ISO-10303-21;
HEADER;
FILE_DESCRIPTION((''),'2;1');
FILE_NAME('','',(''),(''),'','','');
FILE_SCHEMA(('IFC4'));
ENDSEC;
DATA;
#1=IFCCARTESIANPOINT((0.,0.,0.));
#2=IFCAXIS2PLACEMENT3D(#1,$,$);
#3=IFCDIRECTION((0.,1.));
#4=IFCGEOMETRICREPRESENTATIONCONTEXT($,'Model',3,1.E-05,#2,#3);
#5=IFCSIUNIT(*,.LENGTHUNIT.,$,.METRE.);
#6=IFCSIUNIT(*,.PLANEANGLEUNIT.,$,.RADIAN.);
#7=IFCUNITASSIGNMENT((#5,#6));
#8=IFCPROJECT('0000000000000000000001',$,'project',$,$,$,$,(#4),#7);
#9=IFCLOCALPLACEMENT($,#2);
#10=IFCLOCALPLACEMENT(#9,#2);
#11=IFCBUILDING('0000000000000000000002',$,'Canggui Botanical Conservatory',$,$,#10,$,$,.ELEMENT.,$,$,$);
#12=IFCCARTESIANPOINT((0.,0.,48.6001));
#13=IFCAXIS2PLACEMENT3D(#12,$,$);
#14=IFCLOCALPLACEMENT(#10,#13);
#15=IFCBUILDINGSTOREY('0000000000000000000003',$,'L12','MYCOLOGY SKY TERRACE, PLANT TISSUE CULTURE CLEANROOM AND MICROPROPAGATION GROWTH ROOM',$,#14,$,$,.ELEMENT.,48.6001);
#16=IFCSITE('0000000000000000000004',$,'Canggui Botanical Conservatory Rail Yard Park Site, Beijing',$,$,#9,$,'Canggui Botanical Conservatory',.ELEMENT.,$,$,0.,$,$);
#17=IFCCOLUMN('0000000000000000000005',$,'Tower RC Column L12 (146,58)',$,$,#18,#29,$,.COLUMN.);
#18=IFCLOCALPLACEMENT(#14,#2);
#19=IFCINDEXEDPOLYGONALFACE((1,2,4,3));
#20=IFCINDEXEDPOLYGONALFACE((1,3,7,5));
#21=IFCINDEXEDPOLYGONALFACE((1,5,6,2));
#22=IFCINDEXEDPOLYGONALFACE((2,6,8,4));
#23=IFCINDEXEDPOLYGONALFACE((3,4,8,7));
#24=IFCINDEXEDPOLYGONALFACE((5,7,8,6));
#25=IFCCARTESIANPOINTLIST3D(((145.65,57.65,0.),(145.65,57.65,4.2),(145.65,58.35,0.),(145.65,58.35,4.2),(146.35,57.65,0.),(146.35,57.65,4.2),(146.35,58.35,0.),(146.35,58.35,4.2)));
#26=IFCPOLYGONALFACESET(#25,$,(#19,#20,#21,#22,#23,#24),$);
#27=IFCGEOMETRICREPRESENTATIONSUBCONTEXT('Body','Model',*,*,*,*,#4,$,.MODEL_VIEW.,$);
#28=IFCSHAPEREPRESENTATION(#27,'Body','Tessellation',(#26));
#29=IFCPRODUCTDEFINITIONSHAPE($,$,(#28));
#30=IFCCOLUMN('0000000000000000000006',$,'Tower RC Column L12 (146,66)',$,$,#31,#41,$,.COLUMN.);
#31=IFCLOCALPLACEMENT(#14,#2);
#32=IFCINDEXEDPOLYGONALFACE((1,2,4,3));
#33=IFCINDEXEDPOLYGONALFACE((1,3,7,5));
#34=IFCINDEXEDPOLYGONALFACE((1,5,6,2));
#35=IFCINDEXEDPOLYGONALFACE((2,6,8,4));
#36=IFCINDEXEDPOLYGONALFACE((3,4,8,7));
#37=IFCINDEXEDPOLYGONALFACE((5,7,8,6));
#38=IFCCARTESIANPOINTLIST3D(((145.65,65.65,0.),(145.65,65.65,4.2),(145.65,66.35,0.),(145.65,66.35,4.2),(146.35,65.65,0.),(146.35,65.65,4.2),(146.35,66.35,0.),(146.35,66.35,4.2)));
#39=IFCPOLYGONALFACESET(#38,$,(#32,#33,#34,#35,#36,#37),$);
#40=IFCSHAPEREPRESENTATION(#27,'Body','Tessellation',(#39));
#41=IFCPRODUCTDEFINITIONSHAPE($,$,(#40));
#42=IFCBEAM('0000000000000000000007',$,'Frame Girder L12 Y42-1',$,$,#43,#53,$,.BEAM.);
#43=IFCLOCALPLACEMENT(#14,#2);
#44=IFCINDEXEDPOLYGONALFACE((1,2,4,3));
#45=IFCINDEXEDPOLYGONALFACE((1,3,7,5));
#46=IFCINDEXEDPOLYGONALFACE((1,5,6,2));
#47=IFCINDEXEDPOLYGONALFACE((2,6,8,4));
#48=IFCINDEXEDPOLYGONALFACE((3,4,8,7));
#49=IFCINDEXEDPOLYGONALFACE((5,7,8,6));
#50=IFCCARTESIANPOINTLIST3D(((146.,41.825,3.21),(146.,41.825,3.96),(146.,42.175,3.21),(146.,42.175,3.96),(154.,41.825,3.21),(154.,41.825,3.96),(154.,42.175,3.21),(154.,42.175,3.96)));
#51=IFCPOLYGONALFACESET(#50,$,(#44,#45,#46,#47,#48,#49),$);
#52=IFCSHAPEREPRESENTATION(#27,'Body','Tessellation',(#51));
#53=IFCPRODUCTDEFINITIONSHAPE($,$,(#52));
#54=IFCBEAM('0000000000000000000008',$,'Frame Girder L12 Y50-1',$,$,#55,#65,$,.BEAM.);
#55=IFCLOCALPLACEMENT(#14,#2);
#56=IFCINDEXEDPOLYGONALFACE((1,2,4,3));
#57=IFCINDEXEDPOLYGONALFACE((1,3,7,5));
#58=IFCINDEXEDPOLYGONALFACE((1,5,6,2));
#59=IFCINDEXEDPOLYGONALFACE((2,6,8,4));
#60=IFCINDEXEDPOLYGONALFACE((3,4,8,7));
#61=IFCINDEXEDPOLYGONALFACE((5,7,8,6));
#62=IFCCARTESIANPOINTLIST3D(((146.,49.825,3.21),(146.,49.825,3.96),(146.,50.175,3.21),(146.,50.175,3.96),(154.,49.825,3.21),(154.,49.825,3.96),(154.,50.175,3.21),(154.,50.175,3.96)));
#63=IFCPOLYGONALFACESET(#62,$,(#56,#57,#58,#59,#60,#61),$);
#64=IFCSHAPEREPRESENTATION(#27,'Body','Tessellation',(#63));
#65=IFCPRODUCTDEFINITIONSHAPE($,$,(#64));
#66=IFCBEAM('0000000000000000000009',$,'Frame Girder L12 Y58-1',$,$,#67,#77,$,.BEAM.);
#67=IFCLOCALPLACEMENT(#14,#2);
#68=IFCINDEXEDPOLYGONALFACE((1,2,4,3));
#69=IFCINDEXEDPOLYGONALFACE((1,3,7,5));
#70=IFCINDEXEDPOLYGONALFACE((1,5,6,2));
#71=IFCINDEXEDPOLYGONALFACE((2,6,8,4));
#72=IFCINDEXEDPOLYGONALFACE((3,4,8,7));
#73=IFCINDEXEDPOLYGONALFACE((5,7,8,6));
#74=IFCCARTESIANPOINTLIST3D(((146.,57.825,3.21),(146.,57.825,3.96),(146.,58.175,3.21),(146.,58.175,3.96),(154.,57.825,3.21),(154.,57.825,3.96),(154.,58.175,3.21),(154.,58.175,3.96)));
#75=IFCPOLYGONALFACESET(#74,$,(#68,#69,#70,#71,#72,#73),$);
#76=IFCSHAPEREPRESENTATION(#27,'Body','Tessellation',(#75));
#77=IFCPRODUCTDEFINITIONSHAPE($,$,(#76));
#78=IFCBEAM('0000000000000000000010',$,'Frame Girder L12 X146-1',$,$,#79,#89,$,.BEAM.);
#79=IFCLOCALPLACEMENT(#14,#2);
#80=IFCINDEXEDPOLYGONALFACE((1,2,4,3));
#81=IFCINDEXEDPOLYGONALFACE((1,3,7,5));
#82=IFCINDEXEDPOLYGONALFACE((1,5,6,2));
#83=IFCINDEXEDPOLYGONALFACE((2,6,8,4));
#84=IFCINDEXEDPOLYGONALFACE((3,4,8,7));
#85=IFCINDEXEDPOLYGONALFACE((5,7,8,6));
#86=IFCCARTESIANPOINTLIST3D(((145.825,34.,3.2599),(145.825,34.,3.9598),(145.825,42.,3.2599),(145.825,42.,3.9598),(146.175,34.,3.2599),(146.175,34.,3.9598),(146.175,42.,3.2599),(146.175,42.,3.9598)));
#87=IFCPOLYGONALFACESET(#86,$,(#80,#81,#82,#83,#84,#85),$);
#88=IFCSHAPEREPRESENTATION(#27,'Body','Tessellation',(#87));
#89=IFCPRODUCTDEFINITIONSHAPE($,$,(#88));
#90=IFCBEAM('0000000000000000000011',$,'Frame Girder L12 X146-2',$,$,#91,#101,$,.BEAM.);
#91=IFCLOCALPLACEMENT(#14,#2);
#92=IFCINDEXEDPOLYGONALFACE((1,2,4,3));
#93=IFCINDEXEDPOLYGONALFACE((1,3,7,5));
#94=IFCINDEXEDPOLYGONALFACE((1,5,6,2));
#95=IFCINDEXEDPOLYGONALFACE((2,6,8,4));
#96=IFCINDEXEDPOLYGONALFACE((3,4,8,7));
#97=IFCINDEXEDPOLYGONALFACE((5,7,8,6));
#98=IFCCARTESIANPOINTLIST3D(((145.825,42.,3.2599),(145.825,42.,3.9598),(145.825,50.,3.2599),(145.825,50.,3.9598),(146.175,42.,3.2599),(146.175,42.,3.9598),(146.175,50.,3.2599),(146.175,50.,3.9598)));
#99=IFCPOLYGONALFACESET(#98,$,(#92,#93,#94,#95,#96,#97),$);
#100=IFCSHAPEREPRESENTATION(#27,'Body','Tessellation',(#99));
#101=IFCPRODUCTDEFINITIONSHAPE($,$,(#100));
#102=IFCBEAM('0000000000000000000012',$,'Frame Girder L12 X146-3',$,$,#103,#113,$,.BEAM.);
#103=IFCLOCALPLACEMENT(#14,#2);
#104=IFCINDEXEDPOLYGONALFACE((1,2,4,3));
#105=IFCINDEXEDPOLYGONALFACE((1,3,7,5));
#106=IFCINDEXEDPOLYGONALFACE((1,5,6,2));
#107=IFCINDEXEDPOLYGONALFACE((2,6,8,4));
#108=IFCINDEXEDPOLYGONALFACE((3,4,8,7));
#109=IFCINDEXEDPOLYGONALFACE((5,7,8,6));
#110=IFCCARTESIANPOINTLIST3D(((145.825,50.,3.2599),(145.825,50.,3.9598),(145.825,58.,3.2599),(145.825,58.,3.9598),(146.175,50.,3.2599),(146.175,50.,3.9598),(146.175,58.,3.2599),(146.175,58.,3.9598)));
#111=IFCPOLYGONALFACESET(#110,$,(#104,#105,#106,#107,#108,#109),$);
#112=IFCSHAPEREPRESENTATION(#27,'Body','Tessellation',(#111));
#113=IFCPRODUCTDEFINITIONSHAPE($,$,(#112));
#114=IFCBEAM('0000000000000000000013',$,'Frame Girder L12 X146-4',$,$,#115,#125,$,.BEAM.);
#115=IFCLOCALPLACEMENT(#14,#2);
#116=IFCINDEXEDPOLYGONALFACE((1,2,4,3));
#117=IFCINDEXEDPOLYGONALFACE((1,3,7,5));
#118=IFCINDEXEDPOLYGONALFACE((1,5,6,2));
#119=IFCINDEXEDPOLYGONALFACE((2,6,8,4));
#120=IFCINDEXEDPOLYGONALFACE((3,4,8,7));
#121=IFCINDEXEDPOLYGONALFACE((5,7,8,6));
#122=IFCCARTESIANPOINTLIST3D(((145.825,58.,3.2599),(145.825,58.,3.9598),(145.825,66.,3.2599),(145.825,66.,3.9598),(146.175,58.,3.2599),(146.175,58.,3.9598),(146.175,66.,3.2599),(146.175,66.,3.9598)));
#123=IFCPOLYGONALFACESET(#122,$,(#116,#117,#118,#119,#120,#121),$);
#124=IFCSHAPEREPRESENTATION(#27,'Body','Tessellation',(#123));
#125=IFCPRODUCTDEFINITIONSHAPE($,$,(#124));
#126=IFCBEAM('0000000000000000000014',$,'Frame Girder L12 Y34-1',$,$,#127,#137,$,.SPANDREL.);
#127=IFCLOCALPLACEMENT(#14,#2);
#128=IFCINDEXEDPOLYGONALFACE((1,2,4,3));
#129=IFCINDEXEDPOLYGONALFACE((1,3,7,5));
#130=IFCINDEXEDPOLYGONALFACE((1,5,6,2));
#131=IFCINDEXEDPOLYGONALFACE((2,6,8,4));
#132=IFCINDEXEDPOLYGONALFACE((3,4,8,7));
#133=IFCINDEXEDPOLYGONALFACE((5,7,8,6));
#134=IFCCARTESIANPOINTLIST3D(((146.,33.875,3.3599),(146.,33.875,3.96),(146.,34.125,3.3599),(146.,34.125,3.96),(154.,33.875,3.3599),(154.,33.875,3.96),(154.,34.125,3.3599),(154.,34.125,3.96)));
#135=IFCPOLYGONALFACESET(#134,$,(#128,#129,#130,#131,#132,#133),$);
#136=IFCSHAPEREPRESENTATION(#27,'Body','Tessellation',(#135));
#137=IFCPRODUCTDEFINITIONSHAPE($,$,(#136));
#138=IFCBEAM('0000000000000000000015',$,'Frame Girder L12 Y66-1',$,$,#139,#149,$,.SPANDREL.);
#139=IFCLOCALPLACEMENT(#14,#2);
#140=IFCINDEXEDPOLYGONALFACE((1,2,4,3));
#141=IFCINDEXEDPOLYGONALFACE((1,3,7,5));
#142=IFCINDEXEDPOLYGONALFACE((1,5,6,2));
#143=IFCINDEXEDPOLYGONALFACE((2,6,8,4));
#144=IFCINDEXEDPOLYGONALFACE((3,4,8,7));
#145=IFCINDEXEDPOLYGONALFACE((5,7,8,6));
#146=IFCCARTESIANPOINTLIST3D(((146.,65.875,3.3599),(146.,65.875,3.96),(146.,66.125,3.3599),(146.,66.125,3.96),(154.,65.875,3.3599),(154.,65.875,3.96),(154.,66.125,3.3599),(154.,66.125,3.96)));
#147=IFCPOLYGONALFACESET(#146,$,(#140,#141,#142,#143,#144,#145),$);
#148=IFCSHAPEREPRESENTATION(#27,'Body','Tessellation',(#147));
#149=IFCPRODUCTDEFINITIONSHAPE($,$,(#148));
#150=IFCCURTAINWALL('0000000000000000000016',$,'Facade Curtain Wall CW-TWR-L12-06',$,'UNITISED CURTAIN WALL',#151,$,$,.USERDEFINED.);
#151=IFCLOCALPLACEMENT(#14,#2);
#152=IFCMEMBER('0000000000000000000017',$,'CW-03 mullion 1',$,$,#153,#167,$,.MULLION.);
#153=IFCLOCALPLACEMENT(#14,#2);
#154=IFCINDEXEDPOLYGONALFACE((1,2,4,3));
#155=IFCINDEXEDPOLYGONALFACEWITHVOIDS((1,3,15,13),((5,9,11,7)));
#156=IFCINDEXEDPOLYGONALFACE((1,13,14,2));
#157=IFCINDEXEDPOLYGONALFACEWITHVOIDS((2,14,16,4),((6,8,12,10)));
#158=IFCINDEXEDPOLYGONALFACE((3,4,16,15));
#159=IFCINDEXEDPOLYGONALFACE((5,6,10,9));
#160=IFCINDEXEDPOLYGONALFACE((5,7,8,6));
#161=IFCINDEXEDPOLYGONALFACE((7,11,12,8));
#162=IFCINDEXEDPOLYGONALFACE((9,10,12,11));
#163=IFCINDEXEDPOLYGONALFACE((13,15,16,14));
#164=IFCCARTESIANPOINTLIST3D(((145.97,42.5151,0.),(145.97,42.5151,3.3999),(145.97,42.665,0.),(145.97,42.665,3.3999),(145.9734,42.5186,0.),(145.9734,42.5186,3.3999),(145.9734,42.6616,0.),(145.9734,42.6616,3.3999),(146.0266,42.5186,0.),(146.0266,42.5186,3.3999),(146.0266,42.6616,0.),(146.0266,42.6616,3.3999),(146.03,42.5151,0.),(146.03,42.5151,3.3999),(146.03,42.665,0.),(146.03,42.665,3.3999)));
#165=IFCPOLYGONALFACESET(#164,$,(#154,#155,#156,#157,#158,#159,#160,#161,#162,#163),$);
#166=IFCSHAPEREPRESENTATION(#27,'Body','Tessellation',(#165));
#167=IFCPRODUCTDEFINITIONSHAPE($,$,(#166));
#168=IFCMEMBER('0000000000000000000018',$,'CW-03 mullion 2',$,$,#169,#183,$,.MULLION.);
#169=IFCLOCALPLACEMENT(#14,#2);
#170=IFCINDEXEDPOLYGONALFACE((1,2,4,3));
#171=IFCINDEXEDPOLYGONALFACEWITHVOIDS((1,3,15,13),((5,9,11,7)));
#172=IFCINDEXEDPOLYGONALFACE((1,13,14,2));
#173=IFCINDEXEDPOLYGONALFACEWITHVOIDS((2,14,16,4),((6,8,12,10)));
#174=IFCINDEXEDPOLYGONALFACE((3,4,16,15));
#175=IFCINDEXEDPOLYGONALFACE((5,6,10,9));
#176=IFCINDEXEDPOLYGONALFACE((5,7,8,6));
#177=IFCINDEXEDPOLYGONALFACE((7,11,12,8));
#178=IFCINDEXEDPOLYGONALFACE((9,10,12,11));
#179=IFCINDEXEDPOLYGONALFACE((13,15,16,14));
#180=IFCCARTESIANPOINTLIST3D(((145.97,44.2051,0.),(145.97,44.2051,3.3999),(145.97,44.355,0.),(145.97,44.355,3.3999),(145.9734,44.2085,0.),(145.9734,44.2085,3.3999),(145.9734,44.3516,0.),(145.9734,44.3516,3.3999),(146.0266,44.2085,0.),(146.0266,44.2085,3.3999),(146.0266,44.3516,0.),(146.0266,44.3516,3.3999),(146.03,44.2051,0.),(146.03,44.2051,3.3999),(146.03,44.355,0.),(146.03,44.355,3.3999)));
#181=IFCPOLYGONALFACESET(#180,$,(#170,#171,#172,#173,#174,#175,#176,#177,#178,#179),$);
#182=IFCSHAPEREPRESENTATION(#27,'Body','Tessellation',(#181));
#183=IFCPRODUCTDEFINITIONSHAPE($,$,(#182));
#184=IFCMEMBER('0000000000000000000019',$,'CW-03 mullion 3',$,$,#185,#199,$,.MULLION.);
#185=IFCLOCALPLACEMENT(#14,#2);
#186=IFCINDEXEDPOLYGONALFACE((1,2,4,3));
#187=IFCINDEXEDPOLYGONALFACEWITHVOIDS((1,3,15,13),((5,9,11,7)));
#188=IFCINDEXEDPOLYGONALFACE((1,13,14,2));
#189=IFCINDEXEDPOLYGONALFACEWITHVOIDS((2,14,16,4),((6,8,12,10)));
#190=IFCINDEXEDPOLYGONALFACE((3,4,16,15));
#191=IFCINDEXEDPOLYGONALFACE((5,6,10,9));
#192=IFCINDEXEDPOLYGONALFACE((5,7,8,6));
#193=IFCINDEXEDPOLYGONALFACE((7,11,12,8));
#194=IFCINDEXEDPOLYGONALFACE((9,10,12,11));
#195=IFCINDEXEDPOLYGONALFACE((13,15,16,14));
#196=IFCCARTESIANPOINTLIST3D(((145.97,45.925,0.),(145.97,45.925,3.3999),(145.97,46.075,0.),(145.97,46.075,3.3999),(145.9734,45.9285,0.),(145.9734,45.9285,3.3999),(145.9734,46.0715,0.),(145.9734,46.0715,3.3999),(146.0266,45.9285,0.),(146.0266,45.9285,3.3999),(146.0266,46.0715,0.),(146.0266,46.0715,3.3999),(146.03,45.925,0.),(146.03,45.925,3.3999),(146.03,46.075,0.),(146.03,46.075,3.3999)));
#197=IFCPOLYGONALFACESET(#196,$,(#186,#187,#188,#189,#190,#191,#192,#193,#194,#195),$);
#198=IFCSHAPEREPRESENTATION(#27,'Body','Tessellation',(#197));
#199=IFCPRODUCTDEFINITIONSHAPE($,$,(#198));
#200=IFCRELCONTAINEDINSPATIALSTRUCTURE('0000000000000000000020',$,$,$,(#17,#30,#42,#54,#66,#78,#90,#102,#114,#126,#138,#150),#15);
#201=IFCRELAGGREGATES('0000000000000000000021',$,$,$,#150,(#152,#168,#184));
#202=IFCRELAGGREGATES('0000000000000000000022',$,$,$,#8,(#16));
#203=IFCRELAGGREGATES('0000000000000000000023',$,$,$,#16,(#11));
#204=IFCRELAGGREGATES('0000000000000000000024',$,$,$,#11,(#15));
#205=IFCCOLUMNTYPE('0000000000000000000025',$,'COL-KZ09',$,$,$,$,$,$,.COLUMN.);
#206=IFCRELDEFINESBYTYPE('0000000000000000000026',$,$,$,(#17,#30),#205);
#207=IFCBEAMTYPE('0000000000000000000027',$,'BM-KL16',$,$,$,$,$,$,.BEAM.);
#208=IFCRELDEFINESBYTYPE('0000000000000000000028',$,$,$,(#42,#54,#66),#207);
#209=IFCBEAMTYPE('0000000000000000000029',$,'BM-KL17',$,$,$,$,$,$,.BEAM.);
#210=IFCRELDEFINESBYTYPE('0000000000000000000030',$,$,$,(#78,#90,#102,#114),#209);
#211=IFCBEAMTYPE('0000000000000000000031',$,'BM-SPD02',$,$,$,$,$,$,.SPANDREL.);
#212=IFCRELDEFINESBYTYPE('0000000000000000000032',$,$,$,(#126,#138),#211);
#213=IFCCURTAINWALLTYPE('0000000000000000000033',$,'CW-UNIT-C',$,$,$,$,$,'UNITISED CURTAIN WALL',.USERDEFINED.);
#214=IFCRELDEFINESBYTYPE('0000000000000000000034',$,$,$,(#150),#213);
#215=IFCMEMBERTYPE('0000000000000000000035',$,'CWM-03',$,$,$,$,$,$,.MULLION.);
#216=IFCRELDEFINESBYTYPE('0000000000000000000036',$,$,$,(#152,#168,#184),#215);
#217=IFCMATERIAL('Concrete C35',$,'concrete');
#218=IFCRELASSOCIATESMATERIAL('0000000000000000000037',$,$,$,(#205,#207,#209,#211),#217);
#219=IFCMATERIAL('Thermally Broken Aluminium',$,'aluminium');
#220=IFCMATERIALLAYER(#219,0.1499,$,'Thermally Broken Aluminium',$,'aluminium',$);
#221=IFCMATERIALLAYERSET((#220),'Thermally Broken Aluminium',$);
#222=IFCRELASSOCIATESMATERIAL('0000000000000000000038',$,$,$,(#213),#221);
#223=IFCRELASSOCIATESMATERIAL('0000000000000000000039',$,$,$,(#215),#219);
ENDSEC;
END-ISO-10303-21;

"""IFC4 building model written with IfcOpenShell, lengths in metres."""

from ifc_helpers import new_model, si_unit, direction, frame, origin, origin_2d, place, context, subcontext, project, spatial, rectangle, hollow_rectangle, extrude, material, layer, layer_set, material_profile, profile_set, type_object, element, aggregate, save


model = new_model("IFC4")

# Units and contexts
model_context = context("Model", 3, precision=1e-05, world=origin(), true_north=direction((0.0, 1.0)))
body_context = subcontext(model_context, "Body", "Model", "MODEL_VIEW")
ifc_project = project(units=[si_unit("LENGTHUNIT", "METRE"), si_unit("PLANEANGLEUNIT", "RADIAN")], contexts=[model_context])

# Site, building, storey
site_placement = place(None, origin())
site = spatial("IfcSite", under=ifc_project, at=site_placement, Name="Canggui Botanical Conservatory Rail Yard Park Site, Beijing", LongName="Canggui Botanical Conservatory", CompositionType="ELEMENT", RefElevation=0.0)
building_placement = place(site_placement, origin())
building = spatial("IfcBuilding", under=site, at=building_placement, Name="Canggui Botanical Conservatory", CompositionType="ELEMENT")
storey_placement = place(building_placement, frame((0.0, 0.0, 48.6001)))
storey = spatial("IfcBuildingStorey", under=building, at=storey_placement, Name="L12", Description="MYCOLOGY SKY TERRACE, PLANT TISSUE CULTURE CLEANROOM AND MICROPROPAGATION GROWTH ROOM", CompositionType="ELEMENT", Elevation=48.6001)

# Columns
ifc_material_1 = material(Name="Concrete C35", Category="concrete")
ifc_material_profile_1 = material_profile(ifc_material_1, rectangle(XDim=0.7, YDim=0.7, at=origin_2d()), Name="RC 700x700")
ifc_profile_set_1 = profile_set([ifc_material_profile_1], Name="Concrete C35")
column_type = type_object("IfcColumnType", Name="COL-KZ09", PredefinedType="COLUMN", material=ifc_profile_set_1)
for number, where, z_axis, x_axis, name in (
    (1, (146.0, 58.0, 0.0), (0.0, 0.0, 1.0), (1.0, 0.0, 0.0), "Tower RC Column L12 (146,58)"),
    (2, (146.0, 66.0, 0.0), (0.0, 0.0, 1.0), (1.0, 0.0, 0.0), "Tower RC Column L12 (146,66)"),
):
    element("IfcColumn", number, at=place(storey_placement, frame(where, z_axis=z_axis, x_axis=x_axis)), inside=storey, type_object=column_type, Name=name, PredefinedType="COLUMN", context=body_context, shape_type="SweptSolid", body=[
        extrude(rectangle(XDim=0.7, YDim=0.7, at=origin_2d()), origin(), (0.0, 0.0, 1.0), 4.2),
    ])

# Beams
ifc_material_profile_2 = material_profile(ifc_material_1, rectangle(XDim=0.3501, YDim=0.75, at=origin_2d()), Name="RB 350x750")
ifc_profile_set_2 = profile_set([ifc_material_profile_2], Name="Concrete C35")
beam_type_1 = type_object("IfcBeamType", Name="BM-KL16", PredefinedType="BEAM", material=ifc_profile_set_2)
for number, where, z_axis, x_axis, name in (
    (3, (146.0, 42.0, 3.585), (1.0, 0.0, 0.0), (0.0, 1.0, 0.0), "Frame Girder L12 Y42-1"),
    (4, (146.0, 50.0, 3.585), (1.0, 0.0, 0.0), (0.0, 1.0, 0.0), "Frame Girder L12 Y50-1"),
    (5, (146.0, 58.0, 3.585), (1.0, 0.0, 0.0), (0.0, 1.0, 0.0), "Frame Girder L12 Y58-1"),
):
    element("IfcBeam", number, at=place(storey_placement, frame(where, z_axis=z_axis, x_axis=x_axis)), inside=storey, type_object=beam_type_1, Name=name, PredefinedType="BEAM", context=body_context, shape_type="SweptSolid", body=[
        extrude(rectangle(XDim=0.3501, YDim=0.75, at=origin_2d()), origin(), (0.0, 0.0, 1.0), 8.0),
    ])
ifc_material_profile_3 = material_profile(ifc_material_1, rectangle(XDim=0.3501, YDim=0.7, at=origin_2d()), Name="RB 350x700")
ifc_profile_set_3 = profile_set([ifc_material_profile_3], Name="Concrete C35")
beam_type_2 = type_object("IfcBeamType", Name="BM-KL17", PredefinedType="BEAM", material=ifc_profile_set_3)
for number, where, z_axis, x_axis, name in (
    (6, (146.0, 34.0, 3.6099), (0.0, 1.0, 0.0), (-1.0, 0.0, 0.0), "Frame Girder L12 X146-1"),
    (7, (146.0, 42.0, 3.6099), (0.0, 1.0, 0.0), (-1.0, 0.0, 0.0), "Frame Girder L12 X146-2"),
    (8, (146.0, 50.0, 3.6099), (0.0, 1.0, 0.0), (-1.0, 0.0, 0.0), "Frame Girder L12 X146-3"),
    (9, (146.0, 58.0, 3.6099), (0.0, 1.0, 0.0), (-1.0, 0.0, 0.0), "Frame Girder L12 X146-4"),
):
    element("IfcBeam", number, at=place(storey_placement, frame(where, z_axis=z_axis, x_axis=x_axis)), inside=storey, type_object=beam_type_2, Name=name, PredefinedType="BEAM", context=body_context, shape_type="SweptSolid", body=[
        extrude(rectangle(XDim=0.3501, YDim=0.7, at=origin_2d()), origin(), (0.0, 0.0, 1.0), 8.0),
    ])
ifc_material_profile_4 = material_profile(ifc_material_1, rectangle(XDim=0.25, YDim=0.6001, at=origin_2d()), Name="RB 250x600")
ifc_profile_set_4 = profile_set([ifc_material_profile_4], Name="Concrete C35")
beam_type_3 = type_object("IfcBeamType", Name="BM-SPD02", PredefinedType="SPANDREL", material=ifc_profile_set_4)
for number, where, z_axis, x_axis, name in (
    (10, (146.0, 34.0, 3.6599), (1.0, 0.0, 0.0), (0.0, 1.0, 0.0), "Frame Girder L12 Y34-1"),
    (11, (146.0, 66.0, 3.6599), (1.0, 0.0, 0.0), (0.0, 1.0, 0.0), "Frame Girder L12 Y66-1"),
):
    element("IfcBeam", number, at=place(storey_placement, frame(where, z_axis=z_axis, x_axis=x_axis)), inside=storey, type_object=beam_type_3, Name=name, PredefinedType="SPANDREL", context=body_context, shape_type="SweptSolid", body=[
        extrude(rectangle(XDim=0.25, YDim=0.6001, at=origin_2d()), origin(), (0.0, 0.0, 1.0), 8.0),
    ])

# Curtain wall, members
ifc_material_2 = material(Name="Thermally Broken Aluminium", Category="aluminium")
ifc_layer_1 = layer(ifc_material_2, 0.1499, Name="Thermally Broken Aluminium", Category="aluminium")
ifc_layer_set_1 = layer_set([ifc_layer_1], Name="Thermally Broken Aluminium")
curtain_wall_type = type_object("IfcCurtainWallType", Name="CW-UNIT-C", ElementType="UNITISED CURTAIN WALL", PredefinedType="USERDEFINED", material=ifc_layer_set_1)
curtain_wall_placement = place(storey_placement, origin())
curtain_wall = element("IfcCurtainWall", 12, at=curtain_wall_placement, inside=storey, type_object=curtain_wall_type, Name="Facade Curtain Wall CW-TWR-L12-06", ObjectType="UNITISED CURTAIN WALL", PredefinedType="USERDEFINED")
ifc_material_profile_5 = material_profile(ifc_material_2, hollow_rectangle(XDim=0.0601, YDim=0.1499, WallThickness=0.0034, at=origin_2d()), Name="CWM 60x150x3.5")
ifc_profile_set_5 = profile_set([ifc_material_profile_5], Name="Thermally Broken Aluminium")
member_type_1 = type_object("IfcMemberType", Name="CWM-03", PredefinedType="MULLION", material=ifc_profile_set_5)
member_1_placement = place(storey_placement, frame((146.0, 42.5901, 0.0), z_axis=(0.0, 0.0, 1.0), x_axis=(-1.0, 0.0, 0.0)))
member_1 = element("IfcMember", 13, at=member_1_placement, type_object=member_type_1, Name="CW-03 mullion 1", PredefinedType="MULLION", context=body_context, shape_type="SweptSolid", body=[
    extrude(hollow_rectangle(XDim=0.0601, YDim=0.1499, WallThickness=0.0034, at=origin_2d()), origin(), (0.0, 0.0, 1.0), 3.3999),
])
member_2_placement = place(storey_placement, frame((146.0, 44.28, 0.0), z_axis=(0.0, 0.0, 1.0), x_axis=(-1.0, 0.0, 0.0)))
member_2 = element("IfcMember", 14, at=member_2_placement, type_object=member_type_1, Name="CW-03 mullion 2", PredefinedType="MULLION", context=body_context, shape_type="SweptSolid", body=[
    extrude(hollow_rectangle(XDim=0.0601, YDim=0.1499, WallThickness=0.0034, at=origin_2d()), origin(), (0.0, 0.0, 1.0), 3.3999),
])
member_3_placement = place(storey_placement, frame((146.0, 46.0, 0.0), z_axis=(0.0, 0.0, 1.0), x_axis=(-1.0, 0.0, 0.0)))
member_3 = element("IfcMember", 15, at=member_3_placement, type_object=member_type_1, Name="CW-03 mullion 3", PredefinedType="MULLION", context=body_context, shape_type="SweptSolid", body=[
    extrude(hollow_rectangle(XDim=0.0601, YDim=0.1499, WallThickness=0.0034, at=origin_2d()), origin(), (0.0, 0.0, 1.0), 3.3999),
])
aggregate(curtain_wall, [member_1, member_2, member_3])

save(model, "model.ifc")
